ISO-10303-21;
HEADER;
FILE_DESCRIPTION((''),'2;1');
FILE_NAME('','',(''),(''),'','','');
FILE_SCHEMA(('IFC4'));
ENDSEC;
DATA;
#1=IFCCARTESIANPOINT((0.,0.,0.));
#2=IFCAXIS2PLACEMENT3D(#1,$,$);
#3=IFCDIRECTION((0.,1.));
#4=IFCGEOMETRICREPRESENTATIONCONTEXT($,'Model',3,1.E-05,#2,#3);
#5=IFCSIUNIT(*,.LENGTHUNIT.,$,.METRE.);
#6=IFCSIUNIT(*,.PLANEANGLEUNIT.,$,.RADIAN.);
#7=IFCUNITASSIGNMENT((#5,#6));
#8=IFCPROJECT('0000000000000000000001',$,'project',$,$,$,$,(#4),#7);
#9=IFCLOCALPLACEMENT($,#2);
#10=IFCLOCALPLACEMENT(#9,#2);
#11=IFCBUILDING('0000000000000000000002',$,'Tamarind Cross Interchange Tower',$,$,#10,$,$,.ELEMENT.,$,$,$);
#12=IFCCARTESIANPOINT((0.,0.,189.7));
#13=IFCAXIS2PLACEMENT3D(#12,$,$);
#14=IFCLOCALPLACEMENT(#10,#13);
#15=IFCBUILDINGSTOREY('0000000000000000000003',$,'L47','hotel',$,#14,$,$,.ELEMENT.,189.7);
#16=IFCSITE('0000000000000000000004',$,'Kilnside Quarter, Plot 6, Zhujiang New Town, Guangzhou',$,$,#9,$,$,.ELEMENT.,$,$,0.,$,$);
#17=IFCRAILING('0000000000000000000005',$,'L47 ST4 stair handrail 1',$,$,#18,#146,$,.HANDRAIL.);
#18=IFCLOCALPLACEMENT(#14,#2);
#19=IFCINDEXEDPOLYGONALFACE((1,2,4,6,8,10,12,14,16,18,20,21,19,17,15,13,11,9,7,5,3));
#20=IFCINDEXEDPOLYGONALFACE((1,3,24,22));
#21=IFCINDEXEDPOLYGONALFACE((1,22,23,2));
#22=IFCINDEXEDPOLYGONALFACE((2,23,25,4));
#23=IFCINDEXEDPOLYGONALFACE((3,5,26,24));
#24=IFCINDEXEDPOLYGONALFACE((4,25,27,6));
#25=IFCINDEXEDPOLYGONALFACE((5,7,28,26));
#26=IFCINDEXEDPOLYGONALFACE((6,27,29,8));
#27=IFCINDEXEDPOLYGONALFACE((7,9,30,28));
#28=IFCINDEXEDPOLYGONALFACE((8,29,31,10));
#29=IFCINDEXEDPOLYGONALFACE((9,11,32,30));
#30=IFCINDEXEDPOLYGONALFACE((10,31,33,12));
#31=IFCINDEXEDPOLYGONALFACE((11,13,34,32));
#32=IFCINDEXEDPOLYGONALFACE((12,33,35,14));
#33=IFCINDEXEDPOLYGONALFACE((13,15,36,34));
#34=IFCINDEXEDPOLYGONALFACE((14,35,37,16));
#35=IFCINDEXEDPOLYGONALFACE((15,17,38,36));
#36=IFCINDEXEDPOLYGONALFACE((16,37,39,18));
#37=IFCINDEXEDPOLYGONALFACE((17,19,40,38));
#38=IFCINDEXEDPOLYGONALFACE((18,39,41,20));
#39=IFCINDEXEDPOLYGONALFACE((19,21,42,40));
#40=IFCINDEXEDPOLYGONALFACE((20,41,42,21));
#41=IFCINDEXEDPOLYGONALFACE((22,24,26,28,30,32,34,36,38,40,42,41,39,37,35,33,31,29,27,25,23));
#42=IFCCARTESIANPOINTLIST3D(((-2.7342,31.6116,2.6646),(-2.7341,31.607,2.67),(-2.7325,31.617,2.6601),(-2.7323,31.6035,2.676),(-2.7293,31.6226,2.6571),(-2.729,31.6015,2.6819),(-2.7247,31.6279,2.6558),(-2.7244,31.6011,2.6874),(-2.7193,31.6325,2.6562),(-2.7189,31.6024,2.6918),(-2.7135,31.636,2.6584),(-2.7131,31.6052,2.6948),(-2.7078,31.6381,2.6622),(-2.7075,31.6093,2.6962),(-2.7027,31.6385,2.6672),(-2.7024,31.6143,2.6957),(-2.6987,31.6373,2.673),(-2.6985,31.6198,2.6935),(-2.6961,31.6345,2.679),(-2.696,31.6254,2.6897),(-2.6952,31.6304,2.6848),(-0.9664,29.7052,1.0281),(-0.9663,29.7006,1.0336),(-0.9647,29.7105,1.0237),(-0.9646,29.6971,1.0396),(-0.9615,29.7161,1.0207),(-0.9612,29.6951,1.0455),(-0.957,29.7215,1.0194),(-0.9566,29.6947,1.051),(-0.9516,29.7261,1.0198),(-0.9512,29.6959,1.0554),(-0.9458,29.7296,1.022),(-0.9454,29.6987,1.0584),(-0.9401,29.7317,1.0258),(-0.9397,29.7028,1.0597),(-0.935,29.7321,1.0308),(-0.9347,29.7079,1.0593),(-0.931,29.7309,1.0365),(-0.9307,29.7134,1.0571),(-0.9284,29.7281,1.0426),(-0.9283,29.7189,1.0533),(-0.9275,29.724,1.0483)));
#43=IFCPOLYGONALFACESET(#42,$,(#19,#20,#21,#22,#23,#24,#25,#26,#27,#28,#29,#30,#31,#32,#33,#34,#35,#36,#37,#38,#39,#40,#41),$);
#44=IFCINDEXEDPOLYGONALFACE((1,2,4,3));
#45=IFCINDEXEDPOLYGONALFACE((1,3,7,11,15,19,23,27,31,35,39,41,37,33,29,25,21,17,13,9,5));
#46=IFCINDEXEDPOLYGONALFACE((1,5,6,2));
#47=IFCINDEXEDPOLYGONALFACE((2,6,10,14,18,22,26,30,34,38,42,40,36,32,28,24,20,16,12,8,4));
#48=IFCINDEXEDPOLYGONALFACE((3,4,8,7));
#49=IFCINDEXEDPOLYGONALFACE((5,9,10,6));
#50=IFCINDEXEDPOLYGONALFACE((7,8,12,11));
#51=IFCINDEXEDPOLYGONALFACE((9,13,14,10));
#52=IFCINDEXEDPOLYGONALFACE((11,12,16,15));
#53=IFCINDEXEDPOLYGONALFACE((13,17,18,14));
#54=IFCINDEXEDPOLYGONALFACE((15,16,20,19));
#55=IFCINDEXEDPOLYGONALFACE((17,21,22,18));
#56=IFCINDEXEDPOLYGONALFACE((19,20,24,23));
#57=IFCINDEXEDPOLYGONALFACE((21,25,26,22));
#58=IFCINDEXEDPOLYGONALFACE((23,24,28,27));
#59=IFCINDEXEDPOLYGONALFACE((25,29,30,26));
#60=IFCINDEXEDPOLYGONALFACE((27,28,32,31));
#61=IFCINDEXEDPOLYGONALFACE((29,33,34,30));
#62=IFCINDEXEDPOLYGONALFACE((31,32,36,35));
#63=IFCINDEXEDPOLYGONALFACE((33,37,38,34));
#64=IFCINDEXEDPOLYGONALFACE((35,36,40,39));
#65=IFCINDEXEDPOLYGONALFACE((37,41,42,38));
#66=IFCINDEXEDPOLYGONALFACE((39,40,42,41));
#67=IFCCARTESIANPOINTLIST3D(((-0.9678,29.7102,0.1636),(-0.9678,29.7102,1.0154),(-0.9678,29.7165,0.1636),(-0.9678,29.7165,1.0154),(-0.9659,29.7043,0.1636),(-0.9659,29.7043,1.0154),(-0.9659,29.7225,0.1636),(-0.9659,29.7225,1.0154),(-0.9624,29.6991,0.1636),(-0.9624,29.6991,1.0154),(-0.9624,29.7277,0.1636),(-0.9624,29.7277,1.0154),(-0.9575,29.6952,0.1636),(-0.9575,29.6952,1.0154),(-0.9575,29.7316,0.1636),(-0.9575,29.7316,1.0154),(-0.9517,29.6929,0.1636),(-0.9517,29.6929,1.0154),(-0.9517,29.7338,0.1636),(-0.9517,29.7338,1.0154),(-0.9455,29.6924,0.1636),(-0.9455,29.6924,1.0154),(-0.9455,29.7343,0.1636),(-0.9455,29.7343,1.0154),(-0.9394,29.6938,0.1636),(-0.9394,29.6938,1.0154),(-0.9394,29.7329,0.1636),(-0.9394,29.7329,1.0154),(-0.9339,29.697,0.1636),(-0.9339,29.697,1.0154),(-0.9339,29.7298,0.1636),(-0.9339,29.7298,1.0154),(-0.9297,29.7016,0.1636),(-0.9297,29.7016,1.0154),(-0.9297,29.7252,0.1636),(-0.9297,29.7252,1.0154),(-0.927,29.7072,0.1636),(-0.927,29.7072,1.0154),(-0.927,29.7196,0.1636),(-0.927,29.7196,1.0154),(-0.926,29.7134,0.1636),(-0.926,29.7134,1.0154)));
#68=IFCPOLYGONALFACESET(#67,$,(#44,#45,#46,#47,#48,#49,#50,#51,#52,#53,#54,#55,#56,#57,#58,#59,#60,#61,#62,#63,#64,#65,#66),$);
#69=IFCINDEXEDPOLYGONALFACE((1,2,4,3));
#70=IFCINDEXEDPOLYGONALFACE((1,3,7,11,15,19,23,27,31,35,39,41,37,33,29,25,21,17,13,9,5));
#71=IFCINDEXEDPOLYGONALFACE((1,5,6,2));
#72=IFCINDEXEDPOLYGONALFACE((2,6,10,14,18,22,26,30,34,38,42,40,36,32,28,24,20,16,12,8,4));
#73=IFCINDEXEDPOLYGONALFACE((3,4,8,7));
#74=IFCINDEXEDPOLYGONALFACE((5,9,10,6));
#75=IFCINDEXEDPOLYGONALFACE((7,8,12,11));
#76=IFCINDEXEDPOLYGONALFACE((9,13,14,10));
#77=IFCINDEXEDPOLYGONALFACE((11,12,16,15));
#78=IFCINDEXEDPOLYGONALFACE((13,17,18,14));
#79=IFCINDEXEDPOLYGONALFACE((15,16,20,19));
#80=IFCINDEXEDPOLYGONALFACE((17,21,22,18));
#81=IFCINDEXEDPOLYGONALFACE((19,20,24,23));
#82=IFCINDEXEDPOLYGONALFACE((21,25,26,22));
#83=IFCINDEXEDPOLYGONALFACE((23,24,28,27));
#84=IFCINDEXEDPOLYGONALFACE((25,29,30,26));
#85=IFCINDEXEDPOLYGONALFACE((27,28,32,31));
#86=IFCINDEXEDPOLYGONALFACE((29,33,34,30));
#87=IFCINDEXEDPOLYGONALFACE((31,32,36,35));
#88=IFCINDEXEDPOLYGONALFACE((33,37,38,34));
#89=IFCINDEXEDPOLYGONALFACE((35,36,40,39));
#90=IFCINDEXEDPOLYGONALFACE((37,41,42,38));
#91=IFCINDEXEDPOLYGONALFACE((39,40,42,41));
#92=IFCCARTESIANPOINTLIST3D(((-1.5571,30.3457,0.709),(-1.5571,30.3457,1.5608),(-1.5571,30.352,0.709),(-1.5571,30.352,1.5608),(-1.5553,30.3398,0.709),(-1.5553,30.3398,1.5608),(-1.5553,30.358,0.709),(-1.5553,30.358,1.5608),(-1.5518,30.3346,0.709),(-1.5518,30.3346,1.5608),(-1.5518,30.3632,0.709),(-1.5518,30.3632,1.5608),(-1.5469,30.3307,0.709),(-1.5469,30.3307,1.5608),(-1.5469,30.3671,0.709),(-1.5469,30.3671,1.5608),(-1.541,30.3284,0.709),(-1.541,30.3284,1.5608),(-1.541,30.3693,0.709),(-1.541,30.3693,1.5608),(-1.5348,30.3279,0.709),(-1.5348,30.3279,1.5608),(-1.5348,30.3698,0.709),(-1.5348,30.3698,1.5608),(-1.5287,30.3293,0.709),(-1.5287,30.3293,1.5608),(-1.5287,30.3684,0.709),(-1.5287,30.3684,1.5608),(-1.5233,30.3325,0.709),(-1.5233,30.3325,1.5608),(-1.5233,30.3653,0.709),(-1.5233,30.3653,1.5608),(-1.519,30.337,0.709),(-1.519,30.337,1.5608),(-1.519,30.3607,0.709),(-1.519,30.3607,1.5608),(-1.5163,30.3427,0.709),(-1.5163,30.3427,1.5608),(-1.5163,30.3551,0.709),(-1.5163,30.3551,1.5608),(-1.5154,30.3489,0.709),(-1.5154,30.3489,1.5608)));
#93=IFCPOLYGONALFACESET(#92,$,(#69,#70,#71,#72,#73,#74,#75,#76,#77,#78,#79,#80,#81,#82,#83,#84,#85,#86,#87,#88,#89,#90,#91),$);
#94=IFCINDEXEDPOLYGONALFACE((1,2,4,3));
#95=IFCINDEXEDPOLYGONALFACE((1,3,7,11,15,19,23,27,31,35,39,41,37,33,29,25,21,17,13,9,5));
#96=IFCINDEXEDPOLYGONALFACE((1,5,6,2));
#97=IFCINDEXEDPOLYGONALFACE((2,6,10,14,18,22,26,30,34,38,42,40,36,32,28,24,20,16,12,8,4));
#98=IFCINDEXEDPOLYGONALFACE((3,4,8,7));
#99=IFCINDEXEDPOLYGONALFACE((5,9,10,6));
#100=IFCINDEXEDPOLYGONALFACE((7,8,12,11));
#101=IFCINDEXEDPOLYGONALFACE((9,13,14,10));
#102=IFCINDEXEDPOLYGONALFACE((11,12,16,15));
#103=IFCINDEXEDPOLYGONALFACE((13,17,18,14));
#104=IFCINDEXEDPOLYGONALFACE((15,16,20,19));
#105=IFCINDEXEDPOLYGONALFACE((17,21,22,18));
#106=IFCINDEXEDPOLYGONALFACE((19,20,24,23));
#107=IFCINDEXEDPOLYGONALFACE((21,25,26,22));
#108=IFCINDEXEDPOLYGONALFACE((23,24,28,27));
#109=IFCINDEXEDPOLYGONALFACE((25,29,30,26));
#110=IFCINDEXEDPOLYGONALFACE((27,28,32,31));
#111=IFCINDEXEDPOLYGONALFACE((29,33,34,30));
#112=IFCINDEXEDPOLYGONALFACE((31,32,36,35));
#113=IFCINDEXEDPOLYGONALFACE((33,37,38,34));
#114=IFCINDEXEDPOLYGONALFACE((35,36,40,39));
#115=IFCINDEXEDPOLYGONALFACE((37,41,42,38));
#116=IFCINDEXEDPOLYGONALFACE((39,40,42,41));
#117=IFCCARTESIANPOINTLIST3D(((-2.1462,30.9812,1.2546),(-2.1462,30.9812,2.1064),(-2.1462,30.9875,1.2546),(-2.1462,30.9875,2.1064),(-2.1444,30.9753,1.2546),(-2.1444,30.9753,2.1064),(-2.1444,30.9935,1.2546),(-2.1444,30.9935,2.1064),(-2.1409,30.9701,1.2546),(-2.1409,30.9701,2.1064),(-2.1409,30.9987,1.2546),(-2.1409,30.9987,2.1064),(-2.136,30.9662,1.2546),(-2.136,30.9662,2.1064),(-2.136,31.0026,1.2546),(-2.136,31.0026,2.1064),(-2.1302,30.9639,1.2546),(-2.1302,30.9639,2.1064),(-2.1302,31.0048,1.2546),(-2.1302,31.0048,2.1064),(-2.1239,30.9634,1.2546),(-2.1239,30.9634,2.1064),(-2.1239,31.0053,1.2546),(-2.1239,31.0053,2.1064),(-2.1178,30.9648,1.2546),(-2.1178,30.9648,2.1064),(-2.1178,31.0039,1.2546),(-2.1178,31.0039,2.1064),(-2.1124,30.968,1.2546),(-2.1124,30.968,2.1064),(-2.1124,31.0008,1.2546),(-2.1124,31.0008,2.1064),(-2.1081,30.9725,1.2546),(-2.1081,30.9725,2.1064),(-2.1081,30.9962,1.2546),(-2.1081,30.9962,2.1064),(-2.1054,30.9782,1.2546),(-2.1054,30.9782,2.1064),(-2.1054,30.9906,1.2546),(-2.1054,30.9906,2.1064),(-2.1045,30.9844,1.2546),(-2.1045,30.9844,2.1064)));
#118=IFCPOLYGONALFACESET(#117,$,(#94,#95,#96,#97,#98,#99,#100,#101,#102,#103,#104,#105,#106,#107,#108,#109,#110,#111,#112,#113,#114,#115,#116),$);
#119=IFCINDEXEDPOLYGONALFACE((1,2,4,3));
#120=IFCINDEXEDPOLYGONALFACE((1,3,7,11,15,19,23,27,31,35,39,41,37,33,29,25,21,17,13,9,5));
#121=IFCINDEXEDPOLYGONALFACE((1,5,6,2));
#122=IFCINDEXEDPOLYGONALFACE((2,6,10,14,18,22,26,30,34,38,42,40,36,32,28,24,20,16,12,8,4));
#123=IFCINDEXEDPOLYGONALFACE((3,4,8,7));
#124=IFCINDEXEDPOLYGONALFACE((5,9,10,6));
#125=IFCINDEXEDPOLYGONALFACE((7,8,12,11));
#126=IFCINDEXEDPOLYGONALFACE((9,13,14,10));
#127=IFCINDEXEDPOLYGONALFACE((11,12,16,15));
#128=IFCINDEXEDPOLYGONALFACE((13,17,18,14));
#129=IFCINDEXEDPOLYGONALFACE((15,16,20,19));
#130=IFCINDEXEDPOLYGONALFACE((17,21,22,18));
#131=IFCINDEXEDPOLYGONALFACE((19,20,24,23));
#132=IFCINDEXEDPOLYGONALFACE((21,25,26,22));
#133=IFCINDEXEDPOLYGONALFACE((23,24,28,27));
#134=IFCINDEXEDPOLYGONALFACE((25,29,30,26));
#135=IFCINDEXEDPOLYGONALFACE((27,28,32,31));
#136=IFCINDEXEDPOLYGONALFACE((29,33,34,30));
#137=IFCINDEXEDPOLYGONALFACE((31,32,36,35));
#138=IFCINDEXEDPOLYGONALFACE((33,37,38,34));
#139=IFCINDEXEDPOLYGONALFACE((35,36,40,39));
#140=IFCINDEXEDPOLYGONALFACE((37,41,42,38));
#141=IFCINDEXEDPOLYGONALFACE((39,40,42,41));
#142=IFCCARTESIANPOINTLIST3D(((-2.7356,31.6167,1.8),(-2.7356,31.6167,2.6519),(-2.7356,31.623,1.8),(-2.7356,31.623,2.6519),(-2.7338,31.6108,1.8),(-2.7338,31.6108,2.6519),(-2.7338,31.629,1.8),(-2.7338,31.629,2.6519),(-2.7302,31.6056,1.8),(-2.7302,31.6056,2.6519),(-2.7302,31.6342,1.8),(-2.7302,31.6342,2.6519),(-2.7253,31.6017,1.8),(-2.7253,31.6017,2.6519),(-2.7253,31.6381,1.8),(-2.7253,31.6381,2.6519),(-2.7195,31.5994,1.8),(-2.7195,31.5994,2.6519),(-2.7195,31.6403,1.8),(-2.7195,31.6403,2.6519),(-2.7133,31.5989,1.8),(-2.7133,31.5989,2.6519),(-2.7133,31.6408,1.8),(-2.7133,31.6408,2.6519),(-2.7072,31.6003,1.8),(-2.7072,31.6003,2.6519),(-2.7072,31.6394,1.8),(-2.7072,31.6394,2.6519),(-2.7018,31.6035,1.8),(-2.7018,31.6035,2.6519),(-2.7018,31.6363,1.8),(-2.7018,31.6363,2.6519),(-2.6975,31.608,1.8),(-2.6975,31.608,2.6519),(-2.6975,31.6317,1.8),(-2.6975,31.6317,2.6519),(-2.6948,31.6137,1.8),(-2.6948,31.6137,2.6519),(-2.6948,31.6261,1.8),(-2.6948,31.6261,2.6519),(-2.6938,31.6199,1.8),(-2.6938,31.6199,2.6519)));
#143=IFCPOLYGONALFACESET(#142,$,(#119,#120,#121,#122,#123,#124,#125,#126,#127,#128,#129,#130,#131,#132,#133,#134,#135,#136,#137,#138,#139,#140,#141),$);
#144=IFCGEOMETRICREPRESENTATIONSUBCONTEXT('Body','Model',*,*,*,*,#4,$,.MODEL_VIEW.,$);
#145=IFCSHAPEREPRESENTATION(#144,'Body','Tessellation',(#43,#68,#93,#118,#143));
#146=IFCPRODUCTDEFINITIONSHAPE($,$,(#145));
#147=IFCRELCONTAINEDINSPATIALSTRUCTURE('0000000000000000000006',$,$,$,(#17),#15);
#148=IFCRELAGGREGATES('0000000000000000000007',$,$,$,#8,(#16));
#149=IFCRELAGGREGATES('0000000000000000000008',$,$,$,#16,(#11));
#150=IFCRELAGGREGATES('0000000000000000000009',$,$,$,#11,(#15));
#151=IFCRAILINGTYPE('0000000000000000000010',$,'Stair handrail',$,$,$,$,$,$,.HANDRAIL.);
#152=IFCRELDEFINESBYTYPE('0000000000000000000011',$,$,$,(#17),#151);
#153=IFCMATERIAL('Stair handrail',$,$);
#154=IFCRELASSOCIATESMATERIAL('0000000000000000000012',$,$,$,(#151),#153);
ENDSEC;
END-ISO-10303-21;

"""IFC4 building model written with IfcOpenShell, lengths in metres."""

from ifc_helpers import new_model, si_unit, direction, frame, origin, origin_2d, place, context, subcontext, project, spatial, circle, extrude, material, type_object, element, save


model = new_model("IFC4")

# Units and contexts
model_context = context("Model", 3, precision=1e-05, world=origin(), true_north=direction((0.0, 1.0)))
body_context = subcontext(model_context, "Body", "Model", "MODEL_VIEW")
ifc_project = project(units=[si_unit("LENGTHUNIT", "METRE"), si_unit("PLANEANGLEUNIT", "RADIAN")], contexts=[model_context])

# Site, building, storey
site_placement = place(None, origin())
site = spatial("IfcSite", under=ifc_project, at=site_placement, Name="Kilnside Quarter, Plot 6, Zhujiang New Town, Guangzhou", CompositionType="ELEMENT", RefElevation=0.0)
building_placement = place(site_placement, origin())
building = spatial("IfcBuilding", under=site, at=building_placement, Name="Tamarind Cross Interchange Tower", CompositionType="ELEMENT")
storey_placement = place(building_placement, frame((0.0, 0.0, 189.7)))
storey = spatial("IfcBuildingStorey", under=building, at=storey_placement, Name="L47", Description="hotel", CompositionType="ELEMENT", Elevation=189.7)

# Railing
ifc_material_1 = material(Name="Stair handrail")
railing_type_1 = type_object("IfcRailingType", Name="Stair handrail", PredefinedType="HANDRAIL", material=ifc_material_1)
railing_1_placement = place(storey_placement, frame((-0.947, 29.7134, 0.1636)))
element("IfcRailing", 1, at=railing_1_placement, inside=storey, type_object=railing_type_1, Name="L47 ST4 stair handrail 1", PredefinedType="HANDRAIL", context=body_context, shape_type="SweptSolid", body=[
    extrude(circle(Radius=0.0239, at=origin_2d()), frame((0.0, 0.0, 0.876), z_axis=(-0.575439, 0.620578, 0.532685), x_axis=(-0.733272, -0.679936, 0.0)), (0.0, 0.0, 1.0), 3.072),
    extrude(circle(Radius=0.021, at=origin_2d()), origin(), (0.0, 0.0, 1.0), 0.8518),
    extrude(circle(Radius=0.021, at=origin_2d()), frame((-0.5894, 0.6355, 0.5454)), (0.0, 0.0, 1.0), 0.8518),
    extrude(circle(Radius=0.021, at=origin_2d()), frame((-1.1785, 1.271, 1.0911)), (0.0, 0.0, 1.0), 0.8518),
    extrude(circle(Radius=0.021, at=origin_2d()), frame((-1.7678, 1.9065, 1.6365)), (0.0, 0.0, 1.0), 0.8518),
])

save(model, "model.ifc")
